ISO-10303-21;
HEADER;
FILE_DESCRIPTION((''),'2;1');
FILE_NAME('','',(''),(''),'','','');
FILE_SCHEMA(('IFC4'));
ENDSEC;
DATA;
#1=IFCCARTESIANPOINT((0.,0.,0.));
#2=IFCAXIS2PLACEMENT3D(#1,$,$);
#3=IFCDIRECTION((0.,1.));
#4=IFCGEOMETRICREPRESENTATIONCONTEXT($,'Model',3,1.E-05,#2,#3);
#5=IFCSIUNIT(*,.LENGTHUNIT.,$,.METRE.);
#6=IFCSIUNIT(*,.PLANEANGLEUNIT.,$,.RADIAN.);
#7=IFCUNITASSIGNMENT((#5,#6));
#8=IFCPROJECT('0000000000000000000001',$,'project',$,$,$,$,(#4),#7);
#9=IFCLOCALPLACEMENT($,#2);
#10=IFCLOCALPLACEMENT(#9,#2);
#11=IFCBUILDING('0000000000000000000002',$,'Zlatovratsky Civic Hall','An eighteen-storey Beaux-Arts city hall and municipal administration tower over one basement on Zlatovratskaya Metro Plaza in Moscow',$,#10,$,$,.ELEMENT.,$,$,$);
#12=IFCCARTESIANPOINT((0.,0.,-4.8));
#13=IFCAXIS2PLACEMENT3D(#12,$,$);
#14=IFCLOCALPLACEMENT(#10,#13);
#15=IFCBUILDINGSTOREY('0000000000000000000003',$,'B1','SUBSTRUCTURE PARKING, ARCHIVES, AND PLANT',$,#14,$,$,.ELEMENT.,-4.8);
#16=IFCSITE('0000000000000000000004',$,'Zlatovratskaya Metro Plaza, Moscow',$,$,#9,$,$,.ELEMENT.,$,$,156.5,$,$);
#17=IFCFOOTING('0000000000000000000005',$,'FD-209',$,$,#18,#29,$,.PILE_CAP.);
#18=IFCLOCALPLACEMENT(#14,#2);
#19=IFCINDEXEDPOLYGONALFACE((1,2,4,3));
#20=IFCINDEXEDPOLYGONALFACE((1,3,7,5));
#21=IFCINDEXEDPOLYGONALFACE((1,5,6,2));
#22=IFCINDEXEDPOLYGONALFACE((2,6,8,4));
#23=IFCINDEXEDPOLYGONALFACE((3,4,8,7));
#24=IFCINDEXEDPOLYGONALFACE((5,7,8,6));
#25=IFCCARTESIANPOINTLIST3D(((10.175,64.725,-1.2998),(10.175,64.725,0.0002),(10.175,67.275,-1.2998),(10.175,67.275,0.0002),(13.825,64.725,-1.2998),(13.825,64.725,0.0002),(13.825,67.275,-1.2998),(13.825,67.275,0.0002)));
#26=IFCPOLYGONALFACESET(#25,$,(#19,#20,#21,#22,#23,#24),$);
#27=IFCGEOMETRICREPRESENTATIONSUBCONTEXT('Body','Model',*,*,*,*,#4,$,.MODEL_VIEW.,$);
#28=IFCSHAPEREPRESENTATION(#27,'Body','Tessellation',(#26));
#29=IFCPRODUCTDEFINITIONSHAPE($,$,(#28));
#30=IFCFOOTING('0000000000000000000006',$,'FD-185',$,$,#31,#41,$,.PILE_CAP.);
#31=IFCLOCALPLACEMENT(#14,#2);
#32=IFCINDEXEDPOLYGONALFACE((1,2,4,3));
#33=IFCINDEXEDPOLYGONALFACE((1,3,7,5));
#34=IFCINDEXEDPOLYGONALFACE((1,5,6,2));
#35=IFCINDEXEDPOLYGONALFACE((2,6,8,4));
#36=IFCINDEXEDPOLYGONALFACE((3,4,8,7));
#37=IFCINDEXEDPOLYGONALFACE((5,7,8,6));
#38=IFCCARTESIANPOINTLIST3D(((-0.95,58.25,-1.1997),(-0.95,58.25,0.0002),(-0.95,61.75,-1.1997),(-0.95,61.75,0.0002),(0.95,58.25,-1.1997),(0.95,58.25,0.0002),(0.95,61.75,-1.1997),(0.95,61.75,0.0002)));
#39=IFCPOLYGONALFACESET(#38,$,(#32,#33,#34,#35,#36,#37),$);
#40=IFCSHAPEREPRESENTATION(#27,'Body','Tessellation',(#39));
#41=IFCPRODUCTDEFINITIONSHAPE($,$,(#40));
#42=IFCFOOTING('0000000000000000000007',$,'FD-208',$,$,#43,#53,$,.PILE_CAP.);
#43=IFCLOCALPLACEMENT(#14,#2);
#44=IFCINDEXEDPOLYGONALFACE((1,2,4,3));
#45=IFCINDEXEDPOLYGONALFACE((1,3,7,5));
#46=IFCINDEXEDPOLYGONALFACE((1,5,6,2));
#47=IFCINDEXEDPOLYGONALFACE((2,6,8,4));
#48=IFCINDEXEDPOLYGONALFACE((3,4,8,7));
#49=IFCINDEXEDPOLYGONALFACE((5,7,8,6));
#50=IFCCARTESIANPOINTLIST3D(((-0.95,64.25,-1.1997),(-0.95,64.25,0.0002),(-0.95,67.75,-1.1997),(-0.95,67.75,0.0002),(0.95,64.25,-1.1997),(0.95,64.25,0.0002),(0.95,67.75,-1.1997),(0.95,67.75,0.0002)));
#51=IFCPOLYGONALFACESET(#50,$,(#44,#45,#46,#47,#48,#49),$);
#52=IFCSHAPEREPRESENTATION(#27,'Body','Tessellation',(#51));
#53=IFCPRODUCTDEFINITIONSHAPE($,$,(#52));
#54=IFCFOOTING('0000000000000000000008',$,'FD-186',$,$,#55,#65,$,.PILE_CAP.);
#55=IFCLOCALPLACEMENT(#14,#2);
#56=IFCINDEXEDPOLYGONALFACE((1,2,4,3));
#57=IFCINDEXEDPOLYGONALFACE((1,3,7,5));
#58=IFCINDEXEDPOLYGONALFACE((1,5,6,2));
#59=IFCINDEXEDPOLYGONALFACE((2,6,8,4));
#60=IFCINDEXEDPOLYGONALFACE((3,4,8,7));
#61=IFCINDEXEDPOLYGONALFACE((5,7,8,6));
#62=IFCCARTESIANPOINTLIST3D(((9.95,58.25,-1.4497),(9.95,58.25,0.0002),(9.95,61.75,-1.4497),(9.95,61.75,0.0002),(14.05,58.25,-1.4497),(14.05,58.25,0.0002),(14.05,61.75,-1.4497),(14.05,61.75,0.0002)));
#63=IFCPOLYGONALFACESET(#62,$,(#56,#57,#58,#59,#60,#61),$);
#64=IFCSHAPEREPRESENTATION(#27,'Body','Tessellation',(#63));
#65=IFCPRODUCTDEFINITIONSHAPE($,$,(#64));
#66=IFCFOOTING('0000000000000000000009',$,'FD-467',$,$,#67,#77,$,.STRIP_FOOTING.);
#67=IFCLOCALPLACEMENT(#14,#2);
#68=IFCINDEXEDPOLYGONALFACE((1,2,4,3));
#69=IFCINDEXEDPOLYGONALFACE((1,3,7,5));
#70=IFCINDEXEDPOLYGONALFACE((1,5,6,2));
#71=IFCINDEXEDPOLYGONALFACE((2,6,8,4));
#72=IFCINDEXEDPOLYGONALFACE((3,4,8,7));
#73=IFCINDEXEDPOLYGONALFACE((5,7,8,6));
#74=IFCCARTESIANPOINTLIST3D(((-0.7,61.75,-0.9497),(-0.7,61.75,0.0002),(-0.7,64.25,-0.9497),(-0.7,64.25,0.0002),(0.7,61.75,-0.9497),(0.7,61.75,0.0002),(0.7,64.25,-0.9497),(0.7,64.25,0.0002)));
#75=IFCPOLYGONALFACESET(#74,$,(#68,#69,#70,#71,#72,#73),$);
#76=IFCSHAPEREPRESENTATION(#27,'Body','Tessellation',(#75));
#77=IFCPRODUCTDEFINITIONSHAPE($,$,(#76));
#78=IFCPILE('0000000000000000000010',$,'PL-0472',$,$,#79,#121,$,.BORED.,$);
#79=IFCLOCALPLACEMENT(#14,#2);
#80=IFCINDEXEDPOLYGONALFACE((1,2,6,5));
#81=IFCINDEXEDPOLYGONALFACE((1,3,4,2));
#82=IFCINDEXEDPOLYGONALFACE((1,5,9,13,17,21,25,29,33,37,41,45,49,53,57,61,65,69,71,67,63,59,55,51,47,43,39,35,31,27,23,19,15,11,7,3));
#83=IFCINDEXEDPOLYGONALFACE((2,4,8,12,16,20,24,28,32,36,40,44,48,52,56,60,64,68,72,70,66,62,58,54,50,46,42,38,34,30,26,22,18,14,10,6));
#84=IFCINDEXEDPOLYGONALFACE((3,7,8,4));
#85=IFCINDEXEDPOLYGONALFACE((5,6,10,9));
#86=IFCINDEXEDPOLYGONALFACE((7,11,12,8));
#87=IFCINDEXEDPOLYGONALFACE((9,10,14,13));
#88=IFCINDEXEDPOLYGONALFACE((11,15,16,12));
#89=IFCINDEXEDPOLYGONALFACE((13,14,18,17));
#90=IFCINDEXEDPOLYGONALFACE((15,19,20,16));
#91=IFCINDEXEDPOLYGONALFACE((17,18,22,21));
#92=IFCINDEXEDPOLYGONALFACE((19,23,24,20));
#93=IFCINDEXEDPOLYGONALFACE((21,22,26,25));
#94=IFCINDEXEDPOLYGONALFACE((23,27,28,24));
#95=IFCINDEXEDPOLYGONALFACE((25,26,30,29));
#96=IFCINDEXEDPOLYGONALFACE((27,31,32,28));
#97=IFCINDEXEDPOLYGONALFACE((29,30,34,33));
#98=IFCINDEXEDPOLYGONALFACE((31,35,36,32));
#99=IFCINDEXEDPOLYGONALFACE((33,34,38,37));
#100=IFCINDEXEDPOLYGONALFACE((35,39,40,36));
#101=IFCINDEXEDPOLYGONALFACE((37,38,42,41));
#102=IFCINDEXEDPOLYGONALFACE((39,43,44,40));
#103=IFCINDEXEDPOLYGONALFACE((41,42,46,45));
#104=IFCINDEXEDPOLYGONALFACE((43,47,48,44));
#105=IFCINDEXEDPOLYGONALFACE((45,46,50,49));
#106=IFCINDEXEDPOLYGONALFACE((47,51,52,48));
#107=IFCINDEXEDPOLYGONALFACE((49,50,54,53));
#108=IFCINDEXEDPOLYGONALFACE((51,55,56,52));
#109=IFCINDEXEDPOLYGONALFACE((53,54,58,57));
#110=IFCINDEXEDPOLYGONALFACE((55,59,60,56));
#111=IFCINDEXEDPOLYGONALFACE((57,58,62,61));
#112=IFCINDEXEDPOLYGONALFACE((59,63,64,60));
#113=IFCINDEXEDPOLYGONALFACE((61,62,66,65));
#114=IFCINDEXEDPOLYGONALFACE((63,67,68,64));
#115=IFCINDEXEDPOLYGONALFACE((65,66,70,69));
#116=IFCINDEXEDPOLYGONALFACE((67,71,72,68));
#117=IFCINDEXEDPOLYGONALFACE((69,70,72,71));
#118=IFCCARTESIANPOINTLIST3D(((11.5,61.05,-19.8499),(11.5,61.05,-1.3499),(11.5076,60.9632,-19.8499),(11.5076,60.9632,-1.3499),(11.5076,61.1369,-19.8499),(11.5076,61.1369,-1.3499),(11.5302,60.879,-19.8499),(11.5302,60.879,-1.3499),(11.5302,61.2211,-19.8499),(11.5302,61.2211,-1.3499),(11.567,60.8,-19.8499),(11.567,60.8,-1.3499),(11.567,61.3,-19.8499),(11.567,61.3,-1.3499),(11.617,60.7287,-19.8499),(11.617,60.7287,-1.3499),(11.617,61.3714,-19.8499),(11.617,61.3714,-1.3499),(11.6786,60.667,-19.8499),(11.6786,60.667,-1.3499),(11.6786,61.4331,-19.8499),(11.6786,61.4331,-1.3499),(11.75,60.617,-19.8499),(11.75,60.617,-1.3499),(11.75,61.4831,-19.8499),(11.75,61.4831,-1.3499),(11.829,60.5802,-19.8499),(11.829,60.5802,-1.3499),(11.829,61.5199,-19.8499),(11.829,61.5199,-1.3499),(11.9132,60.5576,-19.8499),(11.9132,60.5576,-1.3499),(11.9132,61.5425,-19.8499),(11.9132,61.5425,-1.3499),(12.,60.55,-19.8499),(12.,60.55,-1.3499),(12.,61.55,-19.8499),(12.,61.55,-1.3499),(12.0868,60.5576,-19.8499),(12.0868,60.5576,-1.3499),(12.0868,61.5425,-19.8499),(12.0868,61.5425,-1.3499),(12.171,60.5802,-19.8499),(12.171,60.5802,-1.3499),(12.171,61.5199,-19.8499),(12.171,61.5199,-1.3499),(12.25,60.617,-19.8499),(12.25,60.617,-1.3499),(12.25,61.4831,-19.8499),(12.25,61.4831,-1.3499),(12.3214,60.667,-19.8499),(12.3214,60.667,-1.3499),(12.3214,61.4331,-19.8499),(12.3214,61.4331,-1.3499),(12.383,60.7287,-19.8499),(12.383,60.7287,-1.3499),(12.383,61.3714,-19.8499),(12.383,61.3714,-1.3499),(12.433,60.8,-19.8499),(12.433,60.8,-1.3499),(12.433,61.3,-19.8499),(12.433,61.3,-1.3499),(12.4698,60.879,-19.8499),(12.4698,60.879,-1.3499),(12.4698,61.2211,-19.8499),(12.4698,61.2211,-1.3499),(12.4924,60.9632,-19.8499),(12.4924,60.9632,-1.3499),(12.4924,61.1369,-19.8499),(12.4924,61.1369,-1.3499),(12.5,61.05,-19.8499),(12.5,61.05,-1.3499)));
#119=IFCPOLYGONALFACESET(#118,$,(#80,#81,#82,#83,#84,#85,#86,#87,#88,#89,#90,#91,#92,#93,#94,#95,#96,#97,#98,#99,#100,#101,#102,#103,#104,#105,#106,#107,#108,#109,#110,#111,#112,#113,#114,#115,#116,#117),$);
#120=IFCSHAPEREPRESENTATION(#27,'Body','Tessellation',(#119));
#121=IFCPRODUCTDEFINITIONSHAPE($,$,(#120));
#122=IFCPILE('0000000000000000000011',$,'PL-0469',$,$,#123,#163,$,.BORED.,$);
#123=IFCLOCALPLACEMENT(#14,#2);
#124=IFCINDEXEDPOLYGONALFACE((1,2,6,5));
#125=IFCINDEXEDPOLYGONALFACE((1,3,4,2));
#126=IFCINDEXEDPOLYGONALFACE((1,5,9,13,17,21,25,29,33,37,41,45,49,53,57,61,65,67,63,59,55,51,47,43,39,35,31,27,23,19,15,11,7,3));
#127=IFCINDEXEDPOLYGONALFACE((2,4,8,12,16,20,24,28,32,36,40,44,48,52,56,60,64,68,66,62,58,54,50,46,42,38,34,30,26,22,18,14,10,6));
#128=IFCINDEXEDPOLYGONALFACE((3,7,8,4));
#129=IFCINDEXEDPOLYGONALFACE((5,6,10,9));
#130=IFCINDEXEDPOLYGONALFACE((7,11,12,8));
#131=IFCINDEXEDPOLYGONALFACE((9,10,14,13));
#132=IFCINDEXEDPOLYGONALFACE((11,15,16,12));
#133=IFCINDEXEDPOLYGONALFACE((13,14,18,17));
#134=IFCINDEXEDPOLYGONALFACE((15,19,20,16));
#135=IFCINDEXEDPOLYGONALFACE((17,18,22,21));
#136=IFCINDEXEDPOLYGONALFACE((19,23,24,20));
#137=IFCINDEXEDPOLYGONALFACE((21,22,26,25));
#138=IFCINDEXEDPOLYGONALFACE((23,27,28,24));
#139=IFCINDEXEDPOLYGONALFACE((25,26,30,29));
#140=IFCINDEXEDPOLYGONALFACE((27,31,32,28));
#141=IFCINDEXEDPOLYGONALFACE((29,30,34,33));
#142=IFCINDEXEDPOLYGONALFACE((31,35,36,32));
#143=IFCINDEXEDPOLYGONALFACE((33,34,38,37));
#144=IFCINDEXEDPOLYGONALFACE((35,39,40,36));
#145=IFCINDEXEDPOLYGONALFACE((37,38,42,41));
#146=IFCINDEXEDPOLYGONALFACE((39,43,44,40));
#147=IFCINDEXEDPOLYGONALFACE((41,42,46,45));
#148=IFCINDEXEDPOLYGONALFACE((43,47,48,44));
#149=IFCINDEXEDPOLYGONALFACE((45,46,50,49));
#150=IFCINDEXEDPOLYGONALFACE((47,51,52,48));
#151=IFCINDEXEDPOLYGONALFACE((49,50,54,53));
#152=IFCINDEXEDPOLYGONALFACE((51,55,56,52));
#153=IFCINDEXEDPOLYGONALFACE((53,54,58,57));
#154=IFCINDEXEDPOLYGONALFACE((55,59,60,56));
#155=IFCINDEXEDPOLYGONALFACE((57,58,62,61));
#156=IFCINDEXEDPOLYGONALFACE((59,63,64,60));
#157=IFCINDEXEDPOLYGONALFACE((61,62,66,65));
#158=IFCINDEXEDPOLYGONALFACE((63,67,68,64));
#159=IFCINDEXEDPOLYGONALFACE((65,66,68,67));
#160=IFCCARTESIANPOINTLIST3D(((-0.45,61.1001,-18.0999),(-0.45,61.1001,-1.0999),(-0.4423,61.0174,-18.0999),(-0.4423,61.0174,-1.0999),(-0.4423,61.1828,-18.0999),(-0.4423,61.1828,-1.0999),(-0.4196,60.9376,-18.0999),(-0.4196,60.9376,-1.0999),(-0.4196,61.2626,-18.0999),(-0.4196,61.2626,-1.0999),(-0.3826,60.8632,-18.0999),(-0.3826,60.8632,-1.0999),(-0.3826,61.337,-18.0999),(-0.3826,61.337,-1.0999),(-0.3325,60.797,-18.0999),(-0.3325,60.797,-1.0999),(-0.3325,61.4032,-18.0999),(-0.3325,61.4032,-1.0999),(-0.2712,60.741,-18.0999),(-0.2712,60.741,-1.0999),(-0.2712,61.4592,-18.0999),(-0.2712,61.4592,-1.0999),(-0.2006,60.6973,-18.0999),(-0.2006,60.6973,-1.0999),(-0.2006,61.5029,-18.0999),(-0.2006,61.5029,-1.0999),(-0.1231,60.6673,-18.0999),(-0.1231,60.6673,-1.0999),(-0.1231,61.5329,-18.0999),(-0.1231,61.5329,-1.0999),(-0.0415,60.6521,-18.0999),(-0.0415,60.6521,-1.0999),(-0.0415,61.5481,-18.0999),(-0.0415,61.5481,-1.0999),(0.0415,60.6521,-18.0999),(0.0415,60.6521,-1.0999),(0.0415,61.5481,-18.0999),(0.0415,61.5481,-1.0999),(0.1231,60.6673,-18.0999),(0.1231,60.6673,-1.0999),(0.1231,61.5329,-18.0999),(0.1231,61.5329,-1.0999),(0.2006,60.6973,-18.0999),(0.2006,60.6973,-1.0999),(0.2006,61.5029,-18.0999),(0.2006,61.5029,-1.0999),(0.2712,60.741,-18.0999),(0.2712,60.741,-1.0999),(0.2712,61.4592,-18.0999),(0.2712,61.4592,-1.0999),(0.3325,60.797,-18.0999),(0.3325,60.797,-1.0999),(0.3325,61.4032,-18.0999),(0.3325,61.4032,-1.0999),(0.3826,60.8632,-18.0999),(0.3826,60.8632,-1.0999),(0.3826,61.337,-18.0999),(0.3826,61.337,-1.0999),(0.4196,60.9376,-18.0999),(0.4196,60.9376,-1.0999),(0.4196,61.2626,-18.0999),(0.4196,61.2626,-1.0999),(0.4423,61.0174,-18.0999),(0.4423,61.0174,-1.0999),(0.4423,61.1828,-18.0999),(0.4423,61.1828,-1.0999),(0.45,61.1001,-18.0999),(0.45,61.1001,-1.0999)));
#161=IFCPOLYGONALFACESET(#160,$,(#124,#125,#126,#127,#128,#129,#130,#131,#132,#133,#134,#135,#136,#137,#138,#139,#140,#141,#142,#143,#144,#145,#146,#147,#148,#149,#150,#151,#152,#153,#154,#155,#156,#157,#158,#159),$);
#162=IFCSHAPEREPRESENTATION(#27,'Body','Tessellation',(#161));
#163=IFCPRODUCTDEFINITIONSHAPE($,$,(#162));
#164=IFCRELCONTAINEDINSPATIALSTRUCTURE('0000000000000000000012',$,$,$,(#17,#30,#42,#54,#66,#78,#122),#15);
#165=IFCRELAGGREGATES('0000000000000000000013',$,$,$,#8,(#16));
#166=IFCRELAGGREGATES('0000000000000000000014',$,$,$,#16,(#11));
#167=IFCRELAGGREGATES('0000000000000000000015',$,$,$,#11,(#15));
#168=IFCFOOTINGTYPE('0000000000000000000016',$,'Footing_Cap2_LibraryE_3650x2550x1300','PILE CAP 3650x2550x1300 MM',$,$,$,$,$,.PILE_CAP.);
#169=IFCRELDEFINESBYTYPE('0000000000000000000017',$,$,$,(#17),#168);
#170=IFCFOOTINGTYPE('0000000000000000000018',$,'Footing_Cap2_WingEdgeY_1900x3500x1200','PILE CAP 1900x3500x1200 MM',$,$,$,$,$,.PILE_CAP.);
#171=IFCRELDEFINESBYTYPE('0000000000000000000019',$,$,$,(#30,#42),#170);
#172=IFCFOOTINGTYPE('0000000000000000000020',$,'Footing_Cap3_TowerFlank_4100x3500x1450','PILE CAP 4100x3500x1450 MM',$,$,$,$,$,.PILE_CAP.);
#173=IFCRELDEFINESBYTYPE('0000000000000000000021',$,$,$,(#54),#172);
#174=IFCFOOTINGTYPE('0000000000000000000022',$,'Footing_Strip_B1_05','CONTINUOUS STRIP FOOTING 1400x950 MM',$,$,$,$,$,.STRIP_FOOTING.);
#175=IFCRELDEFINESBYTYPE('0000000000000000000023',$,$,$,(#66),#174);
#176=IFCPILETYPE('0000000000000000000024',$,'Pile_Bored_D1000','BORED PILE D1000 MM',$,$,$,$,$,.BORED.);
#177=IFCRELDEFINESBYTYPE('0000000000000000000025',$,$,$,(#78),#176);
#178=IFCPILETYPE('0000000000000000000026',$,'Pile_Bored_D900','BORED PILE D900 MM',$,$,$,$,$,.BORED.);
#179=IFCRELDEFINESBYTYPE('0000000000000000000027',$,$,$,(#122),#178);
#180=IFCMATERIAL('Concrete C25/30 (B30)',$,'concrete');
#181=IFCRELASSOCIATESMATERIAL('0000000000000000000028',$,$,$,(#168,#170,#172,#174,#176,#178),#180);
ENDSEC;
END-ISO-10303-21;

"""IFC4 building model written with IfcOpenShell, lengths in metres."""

from ifc_helpers import new_model, si_unit, direction, frame, origin, origin_2d, place, context, subcontext, project, spatial, rectangle, circle, extrude, material, material_profile, profile_set, type_object, element, save


model = new_model("IFC4")

# Units and contexts
model_context = context("Model", 3, precision=1e-05, world=origin(), true_north=direction((0.0, 1.0)))
body_context = subcontext(model_context, "Body", "Model", "MODEL_VIEW")
ifc_project = project(units=[si_unit("LENGTHUNIT", "METRE"), si_unit("PLANEANGLEUNIT", "RADIAN")], contexts=[model_context])

# Site, building, storey
site_placement = place(None, origin())
site = spatial("IfcSite", under=ifc_project, at=site_placement, Name="Zlatovratskaya Metro Plaza, Moscow", CompositionType="ELEMENT", RefElevation=156.5)
building_placement = place(site_placement, origin())
building = spatial("IfcBuilding", under=site, at=building_placement, Name="Zlatovratsky Civic Hall", Description="An eighteen-storey Beaux-Arts city hall and municipal administration tower over one basement on Zlatovratskaya Metro Plaza in Moscow", CompositionType="ELEMENT")
storey_placement = place(building_placement, frame((0.0, 0.0, -4.8)))
storey = spatial("IfcBuildingStorey", under=building, at=storey_placement, Name="B1", Description="SUBSTRUCTURE PARKING, ARCHIVES, AND PLANT", CompositionType="ELEMENT", Elevation=-4.8)

# Footings
ifc_material_1 = material(Name="Concrete C25/30 (B30)", Category="concrete")
footing_type_1 = type_object("IfcFootingType", Name="Footing_Cap2_LibraryE_3650x2550x1300", Description="PILE CAP 3650x2550x1300 MM", PredefinedType="PILE_CAP", material=ifc_material_1)
footing_1_placement = place(storey_placement, frame((12.0, 66.0, -1.2998), z_axis=(0.0, 0.0, 1.0), x_axis=(1.0, 0.0, 0.0)))
element("IfcFooting", 1, at=footing_1_placement, inside=storey, type_object=footing_type_1, Name="FD-209", PredefinedType="PILE_CAP", context=body_context, shape_type="SweptSolid", body=[
    extrude(rectangle(XDim=3.6499, YDim=2.55, at=origin_2d()), origin(), (0.0, 0.0, 1.0), 1.3),
])
footing_type_2 = type_object("IfcFootingType", Name="Footing_Cap2_WingEdgeY_1900x3500x1200", Description="PILE CAP 1900x3500x1200 MM", PredefinedType="PILE_CAP", material=ifc_material_1)
for number, where, z_axis, x_axis, name in (
    (2, (0.0, 60.0, -1.1997), (0.0, 0.0, 1.0), (1.0, 0.0, 0.0), "FD-185"),
    (3, (0.0, 66.0, -1.1997), (0.0, 0.0, 1.0), (1.0, 0.0, 0.0), "FD-208"),
):
    element("IfcFooting", number, at=place(storey_placement, frame(where, z_axis=z_axis, x_axis=x_axis)), inside=storey, type_object=footing_type_2, Name=name, PredefinedType="PILE_CAP", context=body_context, shape_type="SweptSolid", body=[
        extrude(rectangle(XDim=1.8999, YDim=3.5, at=origin_2d()), origin(), (0.0, 0.0, 1.0), 1.2),
    ])
footing_type_3 = type_object("IfcFootingType", Name="Footing_Cap3_TowerFlank_4100x3500x1450", Description="PILE CAP 4100x3500x1450 MM", PredefinedType="PILE_CAP", material=ifc_material_1)
footing_2_placement = place(storey_placement, frame((12.0, 60.0, -1.4497), z_axis=(0.0, 0.0, 1.0), x_axis=(1.0, 0.0, 0.0)))
element("IfcFooting", 4, at=footing_2_placement, inside=storey, type_object=footing_type_3, Name="FD-186", PredefinedType="PILE_CAP", context=body_context, shape_type="SweptSolid", body=[
    extrude(rectangle(XDim=4.1001, YDim=3.5, at=origin_2d()), origin(), (0.0, 0.0, 1.0), 1.45),
])
footing_type_4 = type_object("IfcFootingType", Name="Footing_Strip_B1_05", Description="CONTINUOUS STRIP FOOTING 1400x950 MM", PredefinedType="STRIP_FOOTING", material=ifc_material_1)
footing_3_placement = place(storey_placement, frame((0.0, 63.0, -0.9497), z_axis=(0.0, 0.0, 1.0), x_axis=(1.0, 0.0, 0.0)))
element("IfcFooting", 5, at=footing_3_placement, inside=storey, type_object=footing_type_4, Name="FD-467", PredefinedType="STRIP_FOOTING", context=body_context, shape_type="SweptSolid", body=[
    extrude(rectangle(XDim=1.3999, YDim=2.5, at=origin_2d()), origin(), (0.0, 0.0, 1.0), 0.95),
])

# Piles
ifc_material_profile_1 = material_profile(ifc_material_1, circle(Radius=0.5, at=origin_2d()), Name="PILE D1000")
ifc_profile_set_1 = profile_set([ifc_material_profile_1], Name="Concrete C25/30 (B30)")
pile_type_1 = type_object("IfcPileType", Name="Pile_Bored_D1000", Description="BORED PILE D1000 MM", PredefinedType="BORED", material=ifc_profile_set_1)
pile_1_placement = place(storey_placement, frame((12.0, 61.05, -1.3499), z_axis=(0.0, 0.0, -1.0), x_axis=(1.0, 0.0, 0.0)))
element("IfcPile", 6, at=pile_1_placement, inside=storey, type_object=pile_type_1, Name="PL-0472", PredefinedType="BORED", context=body_context, shape_type="SweptSolid", body=[
    extrude(circle(Radius=0.5, at=origin_2d()), origin(), (0.0, 0.0, 1.0), 18.5),
])
ifc_material_profile_2 = material_profile(ifc_material_1, circle(Radius=0.45, at=origin_2d()), Name="PILE D900")
ifc_profile_set_2 = profile_set([ifc_material_profile_2], Name="Concrete C25/30 (B30)")
pile_type_2 = type_object("IfcPileType", Name="Pile_Bored_D900", Description="BORED PILE D900 MM", PredefinedType="BORED", material=ifc_profile_set_2)
pile_2_placement = place(storey_placement, frame((0.0, 61.1001, -1.0999), z_axis=(0.0, 0.0, -1.0), x_axis=(1.0, 0.0, 0.0)))
element("IfcPile", 7, at=pile_2_placement, inside=storey, type_object=pile_type_2, Name="PL-0469", PredefinedType="BORED", context=body_context, shape_type="SweptSolid", body=[
    extrude(circle(Radius=0.45, at=origin_2d()), origin(), (0.0, 0.0, 1.0), 17.0),
])

save(model, "model.ifc")
